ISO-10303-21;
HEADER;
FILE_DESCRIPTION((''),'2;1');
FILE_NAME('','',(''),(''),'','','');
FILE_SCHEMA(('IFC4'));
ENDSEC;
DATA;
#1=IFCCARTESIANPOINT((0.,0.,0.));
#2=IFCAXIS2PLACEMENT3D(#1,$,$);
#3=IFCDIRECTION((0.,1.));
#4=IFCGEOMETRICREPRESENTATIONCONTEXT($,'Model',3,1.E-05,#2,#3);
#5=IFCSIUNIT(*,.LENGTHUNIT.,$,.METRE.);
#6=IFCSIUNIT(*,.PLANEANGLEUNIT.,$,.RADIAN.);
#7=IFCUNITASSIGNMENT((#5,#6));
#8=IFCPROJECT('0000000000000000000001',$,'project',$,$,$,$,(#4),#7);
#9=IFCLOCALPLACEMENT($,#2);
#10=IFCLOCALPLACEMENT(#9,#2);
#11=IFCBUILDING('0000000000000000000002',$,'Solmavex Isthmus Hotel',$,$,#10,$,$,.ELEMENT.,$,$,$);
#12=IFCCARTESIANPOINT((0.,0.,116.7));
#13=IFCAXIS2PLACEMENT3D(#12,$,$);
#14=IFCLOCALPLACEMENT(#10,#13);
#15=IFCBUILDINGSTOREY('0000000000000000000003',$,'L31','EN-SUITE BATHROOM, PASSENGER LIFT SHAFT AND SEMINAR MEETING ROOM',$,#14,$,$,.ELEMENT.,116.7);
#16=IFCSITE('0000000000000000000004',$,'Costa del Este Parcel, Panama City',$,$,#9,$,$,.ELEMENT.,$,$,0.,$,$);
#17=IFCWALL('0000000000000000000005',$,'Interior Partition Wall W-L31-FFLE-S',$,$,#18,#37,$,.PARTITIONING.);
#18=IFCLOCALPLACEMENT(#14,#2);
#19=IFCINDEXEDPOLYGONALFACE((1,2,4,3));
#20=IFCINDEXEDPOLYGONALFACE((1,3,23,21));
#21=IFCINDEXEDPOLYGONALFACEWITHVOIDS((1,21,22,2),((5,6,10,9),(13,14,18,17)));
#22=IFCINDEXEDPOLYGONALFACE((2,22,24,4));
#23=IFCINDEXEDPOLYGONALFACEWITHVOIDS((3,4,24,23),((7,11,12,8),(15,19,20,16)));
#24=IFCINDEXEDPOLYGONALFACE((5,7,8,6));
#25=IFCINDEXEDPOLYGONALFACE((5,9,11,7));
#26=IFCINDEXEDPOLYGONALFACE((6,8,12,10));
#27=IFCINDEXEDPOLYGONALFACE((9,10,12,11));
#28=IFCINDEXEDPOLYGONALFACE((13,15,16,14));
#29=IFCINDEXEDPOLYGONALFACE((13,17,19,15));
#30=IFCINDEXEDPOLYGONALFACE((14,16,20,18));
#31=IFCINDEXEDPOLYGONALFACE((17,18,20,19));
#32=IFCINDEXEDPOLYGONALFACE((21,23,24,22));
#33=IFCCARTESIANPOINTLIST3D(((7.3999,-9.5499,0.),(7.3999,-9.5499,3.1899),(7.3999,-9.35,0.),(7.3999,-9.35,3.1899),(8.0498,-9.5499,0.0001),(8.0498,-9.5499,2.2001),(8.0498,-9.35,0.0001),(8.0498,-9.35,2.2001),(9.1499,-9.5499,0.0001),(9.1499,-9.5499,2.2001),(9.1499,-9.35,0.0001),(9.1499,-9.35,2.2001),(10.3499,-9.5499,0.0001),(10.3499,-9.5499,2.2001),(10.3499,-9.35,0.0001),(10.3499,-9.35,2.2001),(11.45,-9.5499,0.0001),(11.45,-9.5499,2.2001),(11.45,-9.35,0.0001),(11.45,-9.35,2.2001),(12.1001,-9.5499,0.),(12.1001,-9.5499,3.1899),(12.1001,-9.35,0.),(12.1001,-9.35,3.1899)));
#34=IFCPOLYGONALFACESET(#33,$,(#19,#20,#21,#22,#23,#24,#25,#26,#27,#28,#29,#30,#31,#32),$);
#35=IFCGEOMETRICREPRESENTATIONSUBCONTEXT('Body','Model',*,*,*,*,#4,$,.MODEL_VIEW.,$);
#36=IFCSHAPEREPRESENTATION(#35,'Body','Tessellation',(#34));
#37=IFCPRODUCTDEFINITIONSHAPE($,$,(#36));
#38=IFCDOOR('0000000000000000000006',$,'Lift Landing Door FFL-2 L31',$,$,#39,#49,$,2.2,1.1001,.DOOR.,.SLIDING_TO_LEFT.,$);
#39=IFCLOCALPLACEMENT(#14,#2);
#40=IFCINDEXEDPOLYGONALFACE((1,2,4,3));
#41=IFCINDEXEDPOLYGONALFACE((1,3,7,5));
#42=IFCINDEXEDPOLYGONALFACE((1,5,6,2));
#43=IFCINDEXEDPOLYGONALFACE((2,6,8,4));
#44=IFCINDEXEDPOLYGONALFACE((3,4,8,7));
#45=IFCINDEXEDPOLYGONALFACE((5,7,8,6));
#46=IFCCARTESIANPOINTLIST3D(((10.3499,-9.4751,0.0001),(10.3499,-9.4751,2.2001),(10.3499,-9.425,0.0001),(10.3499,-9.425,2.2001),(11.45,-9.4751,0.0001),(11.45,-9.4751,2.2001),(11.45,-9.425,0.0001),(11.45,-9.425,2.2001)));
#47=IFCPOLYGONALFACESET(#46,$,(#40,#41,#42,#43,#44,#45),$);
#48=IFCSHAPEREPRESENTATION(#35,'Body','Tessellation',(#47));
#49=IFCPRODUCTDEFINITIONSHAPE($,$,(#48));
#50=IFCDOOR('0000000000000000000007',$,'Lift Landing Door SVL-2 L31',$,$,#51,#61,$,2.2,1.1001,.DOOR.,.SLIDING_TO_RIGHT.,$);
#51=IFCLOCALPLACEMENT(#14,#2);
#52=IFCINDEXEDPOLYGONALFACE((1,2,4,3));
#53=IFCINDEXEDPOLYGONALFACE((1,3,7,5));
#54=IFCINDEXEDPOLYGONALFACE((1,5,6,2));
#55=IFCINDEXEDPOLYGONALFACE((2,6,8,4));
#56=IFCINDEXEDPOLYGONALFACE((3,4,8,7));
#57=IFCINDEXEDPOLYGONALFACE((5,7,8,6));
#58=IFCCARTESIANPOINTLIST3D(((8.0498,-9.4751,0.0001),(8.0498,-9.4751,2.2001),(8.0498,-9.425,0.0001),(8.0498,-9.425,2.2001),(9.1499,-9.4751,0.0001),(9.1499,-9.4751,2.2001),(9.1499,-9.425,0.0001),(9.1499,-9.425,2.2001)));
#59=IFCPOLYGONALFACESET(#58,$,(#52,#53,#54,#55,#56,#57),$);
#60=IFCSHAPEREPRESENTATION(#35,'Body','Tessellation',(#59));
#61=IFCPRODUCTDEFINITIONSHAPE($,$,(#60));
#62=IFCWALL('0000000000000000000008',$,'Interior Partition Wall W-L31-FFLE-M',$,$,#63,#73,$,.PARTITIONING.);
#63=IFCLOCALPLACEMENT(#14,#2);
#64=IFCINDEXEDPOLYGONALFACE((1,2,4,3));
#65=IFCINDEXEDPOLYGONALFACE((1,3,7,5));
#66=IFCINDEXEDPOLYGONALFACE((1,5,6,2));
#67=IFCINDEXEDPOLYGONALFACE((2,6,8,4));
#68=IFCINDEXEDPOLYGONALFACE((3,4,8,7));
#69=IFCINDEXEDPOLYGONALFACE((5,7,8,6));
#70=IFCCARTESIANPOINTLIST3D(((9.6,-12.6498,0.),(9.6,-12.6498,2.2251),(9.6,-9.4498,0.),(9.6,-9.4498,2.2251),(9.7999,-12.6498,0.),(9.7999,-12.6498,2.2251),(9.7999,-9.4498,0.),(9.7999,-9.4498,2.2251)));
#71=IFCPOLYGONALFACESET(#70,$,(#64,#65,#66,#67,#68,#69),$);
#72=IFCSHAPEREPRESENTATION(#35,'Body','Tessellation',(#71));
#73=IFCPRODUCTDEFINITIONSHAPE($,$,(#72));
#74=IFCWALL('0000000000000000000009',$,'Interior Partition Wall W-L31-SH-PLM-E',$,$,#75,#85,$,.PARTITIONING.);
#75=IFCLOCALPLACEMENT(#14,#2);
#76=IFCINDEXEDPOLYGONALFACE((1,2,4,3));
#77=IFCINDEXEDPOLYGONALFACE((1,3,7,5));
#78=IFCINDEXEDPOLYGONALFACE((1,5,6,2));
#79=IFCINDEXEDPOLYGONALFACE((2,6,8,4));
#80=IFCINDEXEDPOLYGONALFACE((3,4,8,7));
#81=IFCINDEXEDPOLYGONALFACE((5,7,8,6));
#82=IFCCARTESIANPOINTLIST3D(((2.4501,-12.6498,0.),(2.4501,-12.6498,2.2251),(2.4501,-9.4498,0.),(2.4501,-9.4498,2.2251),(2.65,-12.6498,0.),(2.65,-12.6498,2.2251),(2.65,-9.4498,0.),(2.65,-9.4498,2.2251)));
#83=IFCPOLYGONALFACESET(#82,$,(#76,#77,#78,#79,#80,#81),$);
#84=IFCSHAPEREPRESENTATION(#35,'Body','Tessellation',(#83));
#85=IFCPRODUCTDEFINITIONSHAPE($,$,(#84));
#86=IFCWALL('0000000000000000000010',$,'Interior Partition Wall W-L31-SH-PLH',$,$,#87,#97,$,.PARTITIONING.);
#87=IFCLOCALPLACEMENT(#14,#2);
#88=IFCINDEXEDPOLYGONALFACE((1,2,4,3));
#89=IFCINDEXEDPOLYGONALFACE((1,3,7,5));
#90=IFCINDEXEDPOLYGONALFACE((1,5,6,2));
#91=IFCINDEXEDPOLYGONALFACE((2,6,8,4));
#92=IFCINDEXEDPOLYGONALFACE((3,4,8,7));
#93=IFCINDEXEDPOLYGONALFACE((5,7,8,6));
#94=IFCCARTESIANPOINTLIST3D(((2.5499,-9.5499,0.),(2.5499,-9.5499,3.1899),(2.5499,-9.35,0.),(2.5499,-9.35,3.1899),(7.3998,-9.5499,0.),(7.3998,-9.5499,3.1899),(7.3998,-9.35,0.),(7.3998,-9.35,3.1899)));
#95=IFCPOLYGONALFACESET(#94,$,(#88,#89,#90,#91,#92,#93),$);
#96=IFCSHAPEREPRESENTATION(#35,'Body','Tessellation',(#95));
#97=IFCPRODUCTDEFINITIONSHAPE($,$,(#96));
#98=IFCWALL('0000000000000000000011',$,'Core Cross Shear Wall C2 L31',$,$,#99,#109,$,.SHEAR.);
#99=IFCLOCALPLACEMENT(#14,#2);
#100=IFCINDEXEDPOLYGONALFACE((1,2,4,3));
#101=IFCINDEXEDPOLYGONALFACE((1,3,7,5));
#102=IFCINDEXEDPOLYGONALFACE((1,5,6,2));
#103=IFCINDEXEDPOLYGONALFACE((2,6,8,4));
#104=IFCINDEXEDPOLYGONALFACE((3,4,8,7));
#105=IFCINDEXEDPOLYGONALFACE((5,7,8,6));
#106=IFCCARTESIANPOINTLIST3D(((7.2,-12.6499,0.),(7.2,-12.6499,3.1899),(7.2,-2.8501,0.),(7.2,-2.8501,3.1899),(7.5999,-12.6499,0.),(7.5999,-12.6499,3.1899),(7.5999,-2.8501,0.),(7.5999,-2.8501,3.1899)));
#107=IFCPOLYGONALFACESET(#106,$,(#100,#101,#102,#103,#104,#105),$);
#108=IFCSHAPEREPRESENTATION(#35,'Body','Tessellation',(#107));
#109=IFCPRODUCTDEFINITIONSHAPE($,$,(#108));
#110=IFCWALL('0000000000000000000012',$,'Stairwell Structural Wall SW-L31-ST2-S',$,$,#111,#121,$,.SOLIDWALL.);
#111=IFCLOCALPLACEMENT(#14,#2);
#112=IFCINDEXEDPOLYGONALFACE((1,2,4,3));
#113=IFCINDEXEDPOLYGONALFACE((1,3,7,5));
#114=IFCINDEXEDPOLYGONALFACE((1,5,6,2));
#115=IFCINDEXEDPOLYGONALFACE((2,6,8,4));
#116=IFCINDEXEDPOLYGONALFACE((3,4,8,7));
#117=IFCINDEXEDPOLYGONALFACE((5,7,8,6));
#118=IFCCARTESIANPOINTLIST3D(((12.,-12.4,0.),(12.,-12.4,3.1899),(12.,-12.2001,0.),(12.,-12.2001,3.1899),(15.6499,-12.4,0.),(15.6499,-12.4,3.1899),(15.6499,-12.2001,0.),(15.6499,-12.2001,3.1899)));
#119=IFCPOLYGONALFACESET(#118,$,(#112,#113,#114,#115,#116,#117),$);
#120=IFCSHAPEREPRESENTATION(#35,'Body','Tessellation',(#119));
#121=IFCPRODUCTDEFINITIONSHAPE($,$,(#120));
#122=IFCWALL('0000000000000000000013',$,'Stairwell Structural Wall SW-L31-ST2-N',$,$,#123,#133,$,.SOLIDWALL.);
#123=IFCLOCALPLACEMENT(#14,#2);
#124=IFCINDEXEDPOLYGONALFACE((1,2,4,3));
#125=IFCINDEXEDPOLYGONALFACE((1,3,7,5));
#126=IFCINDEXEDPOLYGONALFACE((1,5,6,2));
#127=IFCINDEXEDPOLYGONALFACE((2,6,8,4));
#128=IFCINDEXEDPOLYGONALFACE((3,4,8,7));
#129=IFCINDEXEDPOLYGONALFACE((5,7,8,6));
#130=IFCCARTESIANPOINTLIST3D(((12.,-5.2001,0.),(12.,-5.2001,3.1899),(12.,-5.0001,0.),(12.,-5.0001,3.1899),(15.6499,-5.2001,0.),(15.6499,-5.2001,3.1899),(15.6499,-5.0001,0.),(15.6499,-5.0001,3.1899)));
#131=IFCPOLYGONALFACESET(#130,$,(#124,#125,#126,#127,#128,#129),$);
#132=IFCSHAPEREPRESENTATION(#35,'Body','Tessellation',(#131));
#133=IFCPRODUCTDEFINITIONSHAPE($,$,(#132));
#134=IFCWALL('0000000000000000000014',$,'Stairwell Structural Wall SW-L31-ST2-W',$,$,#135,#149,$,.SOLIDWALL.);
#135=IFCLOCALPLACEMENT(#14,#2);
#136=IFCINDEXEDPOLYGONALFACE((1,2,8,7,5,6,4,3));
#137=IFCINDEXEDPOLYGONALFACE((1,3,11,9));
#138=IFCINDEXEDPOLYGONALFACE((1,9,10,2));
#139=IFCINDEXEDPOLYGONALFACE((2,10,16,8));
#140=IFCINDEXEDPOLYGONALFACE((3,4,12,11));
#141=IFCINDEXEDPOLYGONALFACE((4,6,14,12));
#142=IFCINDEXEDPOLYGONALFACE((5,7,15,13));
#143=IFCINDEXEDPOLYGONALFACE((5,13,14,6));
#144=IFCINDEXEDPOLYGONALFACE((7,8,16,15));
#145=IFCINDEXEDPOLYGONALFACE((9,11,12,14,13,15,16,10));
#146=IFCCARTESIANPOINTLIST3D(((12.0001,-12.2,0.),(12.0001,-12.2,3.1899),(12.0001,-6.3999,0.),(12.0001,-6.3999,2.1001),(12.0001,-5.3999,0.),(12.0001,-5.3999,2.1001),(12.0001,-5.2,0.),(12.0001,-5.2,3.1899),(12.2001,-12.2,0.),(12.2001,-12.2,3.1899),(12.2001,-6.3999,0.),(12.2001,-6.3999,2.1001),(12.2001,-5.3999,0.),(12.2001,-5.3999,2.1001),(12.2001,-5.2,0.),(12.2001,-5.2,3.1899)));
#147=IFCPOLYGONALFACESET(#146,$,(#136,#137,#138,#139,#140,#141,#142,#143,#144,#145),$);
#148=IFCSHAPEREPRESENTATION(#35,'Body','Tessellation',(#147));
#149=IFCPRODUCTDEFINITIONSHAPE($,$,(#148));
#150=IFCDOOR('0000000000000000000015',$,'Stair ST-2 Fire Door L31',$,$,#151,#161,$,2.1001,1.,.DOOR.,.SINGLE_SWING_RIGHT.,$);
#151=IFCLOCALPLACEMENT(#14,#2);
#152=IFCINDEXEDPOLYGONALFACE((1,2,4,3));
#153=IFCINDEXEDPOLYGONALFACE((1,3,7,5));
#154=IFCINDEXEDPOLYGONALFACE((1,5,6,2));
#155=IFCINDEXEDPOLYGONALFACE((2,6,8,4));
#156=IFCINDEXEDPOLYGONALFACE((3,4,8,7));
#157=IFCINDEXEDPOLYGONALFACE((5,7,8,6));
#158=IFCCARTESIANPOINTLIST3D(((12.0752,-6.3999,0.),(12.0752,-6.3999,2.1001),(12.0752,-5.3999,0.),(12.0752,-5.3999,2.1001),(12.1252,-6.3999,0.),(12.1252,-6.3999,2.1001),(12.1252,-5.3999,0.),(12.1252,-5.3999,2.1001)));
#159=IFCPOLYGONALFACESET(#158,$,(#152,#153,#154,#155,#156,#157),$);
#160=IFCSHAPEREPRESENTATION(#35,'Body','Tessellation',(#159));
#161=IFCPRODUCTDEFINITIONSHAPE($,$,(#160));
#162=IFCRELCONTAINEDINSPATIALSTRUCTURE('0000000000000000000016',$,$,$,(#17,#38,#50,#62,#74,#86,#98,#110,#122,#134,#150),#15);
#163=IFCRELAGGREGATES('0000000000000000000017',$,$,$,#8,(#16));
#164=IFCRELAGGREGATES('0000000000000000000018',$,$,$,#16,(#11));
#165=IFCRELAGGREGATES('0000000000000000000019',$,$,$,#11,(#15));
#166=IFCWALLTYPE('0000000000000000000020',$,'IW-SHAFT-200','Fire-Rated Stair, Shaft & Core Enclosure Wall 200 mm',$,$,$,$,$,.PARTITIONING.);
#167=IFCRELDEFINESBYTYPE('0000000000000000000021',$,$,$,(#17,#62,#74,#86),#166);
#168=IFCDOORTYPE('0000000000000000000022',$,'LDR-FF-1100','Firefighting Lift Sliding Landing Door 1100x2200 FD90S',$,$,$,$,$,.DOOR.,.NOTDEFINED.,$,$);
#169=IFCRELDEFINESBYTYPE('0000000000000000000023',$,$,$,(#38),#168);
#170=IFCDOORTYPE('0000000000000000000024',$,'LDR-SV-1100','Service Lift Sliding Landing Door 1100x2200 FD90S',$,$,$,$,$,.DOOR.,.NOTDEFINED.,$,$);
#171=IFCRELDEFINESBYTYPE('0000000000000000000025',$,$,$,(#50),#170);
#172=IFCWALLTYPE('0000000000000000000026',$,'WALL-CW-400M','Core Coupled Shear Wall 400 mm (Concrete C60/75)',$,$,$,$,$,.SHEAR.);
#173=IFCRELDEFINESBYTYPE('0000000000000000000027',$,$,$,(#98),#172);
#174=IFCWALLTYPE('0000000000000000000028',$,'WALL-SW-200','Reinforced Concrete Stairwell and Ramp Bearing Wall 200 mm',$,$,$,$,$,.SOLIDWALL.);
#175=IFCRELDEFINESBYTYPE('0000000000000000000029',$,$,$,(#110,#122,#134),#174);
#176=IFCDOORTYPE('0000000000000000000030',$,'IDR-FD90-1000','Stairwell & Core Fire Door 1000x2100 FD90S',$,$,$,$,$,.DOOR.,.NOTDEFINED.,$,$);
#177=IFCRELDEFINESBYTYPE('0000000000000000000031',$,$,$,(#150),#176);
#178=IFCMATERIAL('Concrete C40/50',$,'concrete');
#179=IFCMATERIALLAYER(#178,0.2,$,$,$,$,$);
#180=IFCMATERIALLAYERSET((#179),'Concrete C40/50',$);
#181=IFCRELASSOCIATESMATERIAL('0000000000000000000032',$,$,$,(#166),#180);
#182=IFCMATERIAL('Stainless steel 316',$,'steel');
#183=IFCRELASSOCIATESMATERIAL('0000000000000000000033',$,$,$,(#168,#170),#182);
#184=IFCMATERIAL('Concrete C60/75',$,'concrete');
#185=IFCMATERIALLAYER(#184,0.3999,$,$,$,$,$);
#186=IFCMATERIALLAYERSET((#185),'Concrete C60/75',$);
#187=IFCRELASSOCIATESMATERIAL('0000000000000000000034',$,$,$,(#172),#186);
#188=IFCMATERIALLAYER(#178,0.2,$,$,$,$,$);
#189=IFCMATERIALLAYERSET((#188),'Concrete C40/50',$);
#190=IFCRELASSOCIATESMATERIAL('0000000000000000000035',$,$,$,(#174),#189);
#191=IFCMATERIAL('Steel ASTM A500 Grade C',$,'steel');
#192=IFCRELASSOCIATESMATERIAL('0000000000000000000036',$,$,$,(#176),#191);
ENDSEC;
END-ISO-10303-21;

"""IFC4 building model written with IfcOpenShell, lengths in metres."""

from ifc_helpers import new_model, si_unit, direction, frame, frame_2d, origin, place, context, subcontext, project, spatial, rectangle, extrude, material, layer, layer_set, type_object, element, fill, save


model = new_model("IFC4")

# Units and contexts
model_context = context("Model", 3, precision=1e-05, world=origin(), true_north=direction((0.0, 1.0)))
body_context = subcontext(model_context, "Body", "Model", "MODEL_VIEW")
ifc_project = project(units=[si_unit("LENGTHUNIT", "METRE"), si_unit("PLANEANGLEUNIT", "RADIAN")], contexts=[model_context])

# Site, building, storey
site_placement = place(None, origin())
site = spatial("IfcSite", under=ifc_project, at=site_placement, Name="Costa del Este Parcel, Panama City", CompositionType="ELEMENT", RefElevation=0.0)
building_placement = place(site_placement, origin())
building = spatial("IfcBuilding", under=site, at=building_placement, Name="Solmavex Isthmus Hotel", CompositionType="ELEMENT")
storey_placement = place(building_placement, frame((0.0, 0.0, 116.7)))
storey = spatial("IfcBuildingStorey", under=building, at=storey_placement, Name="L31", Description="EN-SUITE BATHROOM, PASSENGER LIFT SHAFT AND SEMINAR MEETING ROOM", CompositionType="ELEMENT", Elevation=116.7)

# Shared definitions
ifc_material_1 = material(Name="Concrete C60/75", Category="concrete")

# Shared definitions
ifc_material_2 = material(Name="Concrete C40/50", Category="concrete")

# Shared definitions
ifc_layer_1 = layer(ifc_material_2, 0.2)
ifc_layer_set_1 = layer_set([ifc_layer_1], Name="Concrete C40/50")
wall_type_1 = type_object("IfcWallType", Name="IW-SHAFT-200", Description="Fire-Rated Stair, Shaft & Core Enclosure Wall 200 mm", PredefinedType="PARTITIONING", material=ifc_layer_set_1)
ifc_material_3 = material(Name="Steel ASTM A500 Grade C", Category="steel")

# Wall, openings, doors
wall_1_placement = place(storey_placement, frame((7.3999, -9.45, 0.0), z_axis=(0.0, 0.0, 1.0), x_axis=(1.0, 0.0, 0.0)))
wall_1 = element("IfcWall", 1, at=wall_1_placement, inside=storey, type_object=wall_type_1, Name="Interior Partition Wall W-L31-FFLE-S", PredefinedType="PARTITIONING", context=body_context, shape_type="SweptSolid", body=[
    extrude(rectangle(XDim=4.7002, YDim=0.2, at=frame_2d((2.3501, 0.0))), origin(), (0.0, 0.0, 1.0), 3.1899),
])
opening_1_placement = place(wall_1_placement, frame((2.95, 0.0, 0.0)))
opening_1 = element("IfcOpeningElement", 2, at=opening_1_placement, cuts=wall_1, PredefinedType="OPENING", context=body_context, shape_type="SweptSolid", body=[
    extrude(rectangle(XDim=1.1001, YDim=2.2, at=frame_2d((0.55, 1.1001))), frame((0.0, 0.1099, 0.0), z_axis=(0.0, -1.0, 0.0), x_axis=(1.0, 0.0, 0.0)), (0.0, 0.0, 1.0), 0.22),
])
opening_2_placement = place(wall_1_placement, frame((0.6499, 0.0, 0.0)))
opening_2 = element("IfcOpeningElement", 3, at=opening_2_placement, cuts=wall_1, PredefinedType="OPENING", context=body_context, shape_type="SweptSolid", body=[
    extrude(rectangle(XDim=1.1001, YDim=2.2, at=frame_2d((0.55, 1.1001))), frame((0.0, 0.1099, 0.0), z_axis=(0.0, -1.0, 0.0), x_axis=(1.0, 0.0, 0.0)), (0.0, 0.0, 1.0), 0.22),
])
ifc_material_4 = material(Name="Stainless steel 316", Category="steel")
door_type_1 = type_object("IfcDoorType", Name="LDR-FF-1100", Description="Firefighting Lift Sliding Landing Door 1100x2200 FD90S", OperationType="NOTDEFINED", PredefinedType="DOOR", material=ifc_material_4)
door_1_placement = place(opening_1_placement, origin())
door_1 = element("IfcDoor", 4, at=door_1_placement, inside=storey, type_object=door_type_1, Name="Lift Landing Door FFL-2 L31", OperationType="SLIDING_TO_LEFT", OverallHeight=2.2, OverallWidth=1.1001, PredefinedType="DOOR", context=body_context, shape_type="SweptSolid", body=[
    extrude(rectangle(XDim=1.1001, YDim=2.2, at=frame_2d((0.55, 1.1001))), frame((0.0, 0.0249, 0.0), z_axis=(0.0, -1.0, 0.0), x_axis=(1.0, 0.0, 0.0)), (0.0, 0.0, 1.0), 0.05),
])
fill(opening_1, door_1)
door_type_2 = type_object("IfcDoorType", Name="LDR-SV-1100", Description="Service Lift Sliding Landing Door 1100x2200 FD90S", OperationType="NOTDEFINED", PredefinedType="DOOR", material=ifc_material_4)
door_2_placement = place(opening_2_placement, origin())
door_2 = element("IfcDoor", 5, at=door_2_placement, inside=storey, type_object=door_type_2, Name="Lift Landing Door SVL-2 L31", OperationType="SLIDING_TO_RIGHT", OverallHeight=2.2, OverallWidth=1.1001, PredefinedType="DOOR", context=body_context, shape_type="SweptSolid", body=[
    extrude(rectangle(XDim=1.1001, YDim=2.2, at=frame_2d((0.55, 1.1001))), frame((0.0, 0.0249, 0.0), z_axis=(0.0, -1.0, 0.0), x_axis=(1.0, 0.0, 0.0)), (0.0, 0.0, 1.0), 0.05),
])
fill(opening_2, door_2)

# Walls
for number, where, z_axis, x_axis, name in (
    (6, (9.7, -12.6499, 0.0), (0.0, 0.0, 1.0), (0.0, 1.0, 0.0), "Interior Partition Wall W-L31-FFLE-M"),
    (7, (2.55, -12.6499, 0.0), (0.0, 0.0, 1.0), (0.0, 1.0, 0.0), "Interior Partition Wall W-L31-SH-PLM-E"),
):
    element("IfcWall", number, at=place(storey_placement, frame(where, z_axis=z_axis, x_axis=x_axis)), inside=storey, type_object=wall_type_1, Name=name, PredefinedType="PARTITIONING", context=body_context, shape_type="SweptSolid", body=[
        extrude(rectangle(XDim=3.2, YDim=0.2, at=frame_2d((1.6001, 0.0))), origin(), (0.0, 0.0, 1.0), 2.2251),
    ])
wall_2_placement = place(storey_placement, frame((2.55, -9.45, 0.0), z_axis=(0.0, 0.0, 1.0), x_axis=(1.0, 0.0, 0.0)))
element("IfcWall", 8, at=wall_2_placement, inside=storey, type_object=wall_type_1, Name="Interior Partition Wall W-L31-SH-PLH", PredefinedType="PARTITIONING", context=body_context, shape_type="SweptSolid", body=[
    extrude(rectangle(XDim=4.8499, YDim=0.2, at=frame_2d((2.4248, 0.0))), origin(), (0.0, 0.0, 1.0), 3.1899),
])
ifc_layer_2 = layer(ifc_material_1, 0.3999)
ifc_layer_set_2 = layer_set([ifc_layer_2], Name="Concrete C60/75")
wall_type_2 = type_object("IfcWallType", Name="WALL-CW-400M", Description="Core Coupled Shear Wall 400 mm (Concrete C60/75)", PredefinedType="SHEAR", material=ifc_layer_set_2)
wall_3_placement = place(storey_placement, frame((7.3999, -12.6499, 0.0), z_axis=(0.0, 0.0, 1.0), x_axis=(0.0, 1.0, 0.0)))
element("IfcWall", 9, at=wall_3_placement, inside=storey, type_object=wall_type_2, Name="Core Cross Shear Wall C2 L31", PredefinedType="SHEAR", context=body_context, shape_type="SweptSolid", body=[
    extrude(rectangle(XDim=9.7998, YDim=0.3999, at=frame_2d((4.8999, 0.0))), origin(), (0.0, 0.0, 1.0), 3.1899),
])
ifc_layer_3 = layer(ifc_material_2, 0.2)
ifc_layer_set_3 = layer_set([ifc_layer_3], Name="Concrete C40/50")
wall_type_3 = type_object("IfcWallType", Name="WALL-SW-200", Description="Reinforced Concrete Stairwell and Ramp Bearing Wall 200 mm", PredefinedType="SOLIDWALL", material=ifc_layer_set_3)
for number, where, z_axis, x_axis, name in (
    (10, (12.0, -12.3, 0.0), (0.0, 0.0, 1.0), (1.0, 0.0, 0.0), "Stairwell Structural Wall SW-L31-ST2-S"),
    (11, (12.0, -5.1001, 0.0), (0.0, 0.0, 1.0), (1.0, 0.0, 0.0), "Stairwell Structural Wall SW-L31-ST2-N"),
):
    element("IfcWall", number, at=place(storey_placement, frame(where, z_axis=z_axis, x_axis=x_axis)), inside=storey, type_object=wall_type_3, Name=name, PredefinedType="SOLIDWALL", context=body_context, shape_type="SweptSolid", body=[
        extrude(rectangle(XDim=3.6499, YDim=0.2, at=frame_2d((1.825, 0.0))), origin(), (0.0, 0.0, 1.0), 3.1899),
    ])

# Wall, opening, door
wall_4_placement = place(storey_placement, frame((12.1001, -12.2, 0.0), z_axis=(0.0, 0.0, 1.0), x_axis=(0.0, 1.0, 0.0)))
wall_4 = element("IfcWall", 12, at=wall_4_placement, inside=storey, type_object=wall_type_3, Name="Stairwell Structural Wall SW-L31-ST2-W", PredefinedType="SOLIDWALL", context=body_context, shape_type="SweptSolid", body=[
    extrude(rectangle(XDim=7.0, YDim=0.2, at=frame_2d((3.5, 0.0))), origin(), (0.0, 0.0, 1.0), 3.1899),
])
opening_3_placement = place(wall_4_placement, frame((5.8, 0.0, 0.0)))
opening_3 = element("IfcOpeningElement", 13, at=opening_3_placement, cuts=wall_4, PredefinedType="OPENING", context=body_context, shape_type="SweptSolid", body=[
    extrude(rectangle(XDim=1.0, YDim=2.1001, at=frame_2d((0.5, 1.05))), frame((0.0, 0.1099, 0.0), z_axis=(0.0, -1.0, 0.0), x_axis=(1.0, 0.0, 0.0)), (0.0, 0.0, 1.0), 0.22),
])
door_type_3 = type_object("IfcDoorType", Name="IDR-FD90-1000", Description="Stairwell & Core Fire Door 1000x2100 FD90S", OperationType="NOTDEFINED", PredefinedType="DOOR", material=ifc_material_3)
door_3_placement = place(opening_3_placement, origin())
door_3 = element("IfcDoor", 14, at=door_3_placement, inside=storey, type_object=door_type_3, Name="Stair ST-2 Fire Door L31", OperationType="SINGLE_SWING_RIGHT", OverallHeight=2.1001, OverallWidth=1.0, PredefinedType="DOOR", context=body_context, shape_type="SweptSolid", body=[
    extrude(rectangle(XDim=1.0, YDim=2.1001, at=frame_2d((0.5, 1.05))), frame((0.0, 0.0249, 0.0), z_axis=(0.0, -1.0, 0.0), x_axis=(1.0, 0.0, 0.0)), (0.0, 0.0, 1.0), 0.05),
])
fill(opening_3, door_3)

save(model, "model.ifc")
